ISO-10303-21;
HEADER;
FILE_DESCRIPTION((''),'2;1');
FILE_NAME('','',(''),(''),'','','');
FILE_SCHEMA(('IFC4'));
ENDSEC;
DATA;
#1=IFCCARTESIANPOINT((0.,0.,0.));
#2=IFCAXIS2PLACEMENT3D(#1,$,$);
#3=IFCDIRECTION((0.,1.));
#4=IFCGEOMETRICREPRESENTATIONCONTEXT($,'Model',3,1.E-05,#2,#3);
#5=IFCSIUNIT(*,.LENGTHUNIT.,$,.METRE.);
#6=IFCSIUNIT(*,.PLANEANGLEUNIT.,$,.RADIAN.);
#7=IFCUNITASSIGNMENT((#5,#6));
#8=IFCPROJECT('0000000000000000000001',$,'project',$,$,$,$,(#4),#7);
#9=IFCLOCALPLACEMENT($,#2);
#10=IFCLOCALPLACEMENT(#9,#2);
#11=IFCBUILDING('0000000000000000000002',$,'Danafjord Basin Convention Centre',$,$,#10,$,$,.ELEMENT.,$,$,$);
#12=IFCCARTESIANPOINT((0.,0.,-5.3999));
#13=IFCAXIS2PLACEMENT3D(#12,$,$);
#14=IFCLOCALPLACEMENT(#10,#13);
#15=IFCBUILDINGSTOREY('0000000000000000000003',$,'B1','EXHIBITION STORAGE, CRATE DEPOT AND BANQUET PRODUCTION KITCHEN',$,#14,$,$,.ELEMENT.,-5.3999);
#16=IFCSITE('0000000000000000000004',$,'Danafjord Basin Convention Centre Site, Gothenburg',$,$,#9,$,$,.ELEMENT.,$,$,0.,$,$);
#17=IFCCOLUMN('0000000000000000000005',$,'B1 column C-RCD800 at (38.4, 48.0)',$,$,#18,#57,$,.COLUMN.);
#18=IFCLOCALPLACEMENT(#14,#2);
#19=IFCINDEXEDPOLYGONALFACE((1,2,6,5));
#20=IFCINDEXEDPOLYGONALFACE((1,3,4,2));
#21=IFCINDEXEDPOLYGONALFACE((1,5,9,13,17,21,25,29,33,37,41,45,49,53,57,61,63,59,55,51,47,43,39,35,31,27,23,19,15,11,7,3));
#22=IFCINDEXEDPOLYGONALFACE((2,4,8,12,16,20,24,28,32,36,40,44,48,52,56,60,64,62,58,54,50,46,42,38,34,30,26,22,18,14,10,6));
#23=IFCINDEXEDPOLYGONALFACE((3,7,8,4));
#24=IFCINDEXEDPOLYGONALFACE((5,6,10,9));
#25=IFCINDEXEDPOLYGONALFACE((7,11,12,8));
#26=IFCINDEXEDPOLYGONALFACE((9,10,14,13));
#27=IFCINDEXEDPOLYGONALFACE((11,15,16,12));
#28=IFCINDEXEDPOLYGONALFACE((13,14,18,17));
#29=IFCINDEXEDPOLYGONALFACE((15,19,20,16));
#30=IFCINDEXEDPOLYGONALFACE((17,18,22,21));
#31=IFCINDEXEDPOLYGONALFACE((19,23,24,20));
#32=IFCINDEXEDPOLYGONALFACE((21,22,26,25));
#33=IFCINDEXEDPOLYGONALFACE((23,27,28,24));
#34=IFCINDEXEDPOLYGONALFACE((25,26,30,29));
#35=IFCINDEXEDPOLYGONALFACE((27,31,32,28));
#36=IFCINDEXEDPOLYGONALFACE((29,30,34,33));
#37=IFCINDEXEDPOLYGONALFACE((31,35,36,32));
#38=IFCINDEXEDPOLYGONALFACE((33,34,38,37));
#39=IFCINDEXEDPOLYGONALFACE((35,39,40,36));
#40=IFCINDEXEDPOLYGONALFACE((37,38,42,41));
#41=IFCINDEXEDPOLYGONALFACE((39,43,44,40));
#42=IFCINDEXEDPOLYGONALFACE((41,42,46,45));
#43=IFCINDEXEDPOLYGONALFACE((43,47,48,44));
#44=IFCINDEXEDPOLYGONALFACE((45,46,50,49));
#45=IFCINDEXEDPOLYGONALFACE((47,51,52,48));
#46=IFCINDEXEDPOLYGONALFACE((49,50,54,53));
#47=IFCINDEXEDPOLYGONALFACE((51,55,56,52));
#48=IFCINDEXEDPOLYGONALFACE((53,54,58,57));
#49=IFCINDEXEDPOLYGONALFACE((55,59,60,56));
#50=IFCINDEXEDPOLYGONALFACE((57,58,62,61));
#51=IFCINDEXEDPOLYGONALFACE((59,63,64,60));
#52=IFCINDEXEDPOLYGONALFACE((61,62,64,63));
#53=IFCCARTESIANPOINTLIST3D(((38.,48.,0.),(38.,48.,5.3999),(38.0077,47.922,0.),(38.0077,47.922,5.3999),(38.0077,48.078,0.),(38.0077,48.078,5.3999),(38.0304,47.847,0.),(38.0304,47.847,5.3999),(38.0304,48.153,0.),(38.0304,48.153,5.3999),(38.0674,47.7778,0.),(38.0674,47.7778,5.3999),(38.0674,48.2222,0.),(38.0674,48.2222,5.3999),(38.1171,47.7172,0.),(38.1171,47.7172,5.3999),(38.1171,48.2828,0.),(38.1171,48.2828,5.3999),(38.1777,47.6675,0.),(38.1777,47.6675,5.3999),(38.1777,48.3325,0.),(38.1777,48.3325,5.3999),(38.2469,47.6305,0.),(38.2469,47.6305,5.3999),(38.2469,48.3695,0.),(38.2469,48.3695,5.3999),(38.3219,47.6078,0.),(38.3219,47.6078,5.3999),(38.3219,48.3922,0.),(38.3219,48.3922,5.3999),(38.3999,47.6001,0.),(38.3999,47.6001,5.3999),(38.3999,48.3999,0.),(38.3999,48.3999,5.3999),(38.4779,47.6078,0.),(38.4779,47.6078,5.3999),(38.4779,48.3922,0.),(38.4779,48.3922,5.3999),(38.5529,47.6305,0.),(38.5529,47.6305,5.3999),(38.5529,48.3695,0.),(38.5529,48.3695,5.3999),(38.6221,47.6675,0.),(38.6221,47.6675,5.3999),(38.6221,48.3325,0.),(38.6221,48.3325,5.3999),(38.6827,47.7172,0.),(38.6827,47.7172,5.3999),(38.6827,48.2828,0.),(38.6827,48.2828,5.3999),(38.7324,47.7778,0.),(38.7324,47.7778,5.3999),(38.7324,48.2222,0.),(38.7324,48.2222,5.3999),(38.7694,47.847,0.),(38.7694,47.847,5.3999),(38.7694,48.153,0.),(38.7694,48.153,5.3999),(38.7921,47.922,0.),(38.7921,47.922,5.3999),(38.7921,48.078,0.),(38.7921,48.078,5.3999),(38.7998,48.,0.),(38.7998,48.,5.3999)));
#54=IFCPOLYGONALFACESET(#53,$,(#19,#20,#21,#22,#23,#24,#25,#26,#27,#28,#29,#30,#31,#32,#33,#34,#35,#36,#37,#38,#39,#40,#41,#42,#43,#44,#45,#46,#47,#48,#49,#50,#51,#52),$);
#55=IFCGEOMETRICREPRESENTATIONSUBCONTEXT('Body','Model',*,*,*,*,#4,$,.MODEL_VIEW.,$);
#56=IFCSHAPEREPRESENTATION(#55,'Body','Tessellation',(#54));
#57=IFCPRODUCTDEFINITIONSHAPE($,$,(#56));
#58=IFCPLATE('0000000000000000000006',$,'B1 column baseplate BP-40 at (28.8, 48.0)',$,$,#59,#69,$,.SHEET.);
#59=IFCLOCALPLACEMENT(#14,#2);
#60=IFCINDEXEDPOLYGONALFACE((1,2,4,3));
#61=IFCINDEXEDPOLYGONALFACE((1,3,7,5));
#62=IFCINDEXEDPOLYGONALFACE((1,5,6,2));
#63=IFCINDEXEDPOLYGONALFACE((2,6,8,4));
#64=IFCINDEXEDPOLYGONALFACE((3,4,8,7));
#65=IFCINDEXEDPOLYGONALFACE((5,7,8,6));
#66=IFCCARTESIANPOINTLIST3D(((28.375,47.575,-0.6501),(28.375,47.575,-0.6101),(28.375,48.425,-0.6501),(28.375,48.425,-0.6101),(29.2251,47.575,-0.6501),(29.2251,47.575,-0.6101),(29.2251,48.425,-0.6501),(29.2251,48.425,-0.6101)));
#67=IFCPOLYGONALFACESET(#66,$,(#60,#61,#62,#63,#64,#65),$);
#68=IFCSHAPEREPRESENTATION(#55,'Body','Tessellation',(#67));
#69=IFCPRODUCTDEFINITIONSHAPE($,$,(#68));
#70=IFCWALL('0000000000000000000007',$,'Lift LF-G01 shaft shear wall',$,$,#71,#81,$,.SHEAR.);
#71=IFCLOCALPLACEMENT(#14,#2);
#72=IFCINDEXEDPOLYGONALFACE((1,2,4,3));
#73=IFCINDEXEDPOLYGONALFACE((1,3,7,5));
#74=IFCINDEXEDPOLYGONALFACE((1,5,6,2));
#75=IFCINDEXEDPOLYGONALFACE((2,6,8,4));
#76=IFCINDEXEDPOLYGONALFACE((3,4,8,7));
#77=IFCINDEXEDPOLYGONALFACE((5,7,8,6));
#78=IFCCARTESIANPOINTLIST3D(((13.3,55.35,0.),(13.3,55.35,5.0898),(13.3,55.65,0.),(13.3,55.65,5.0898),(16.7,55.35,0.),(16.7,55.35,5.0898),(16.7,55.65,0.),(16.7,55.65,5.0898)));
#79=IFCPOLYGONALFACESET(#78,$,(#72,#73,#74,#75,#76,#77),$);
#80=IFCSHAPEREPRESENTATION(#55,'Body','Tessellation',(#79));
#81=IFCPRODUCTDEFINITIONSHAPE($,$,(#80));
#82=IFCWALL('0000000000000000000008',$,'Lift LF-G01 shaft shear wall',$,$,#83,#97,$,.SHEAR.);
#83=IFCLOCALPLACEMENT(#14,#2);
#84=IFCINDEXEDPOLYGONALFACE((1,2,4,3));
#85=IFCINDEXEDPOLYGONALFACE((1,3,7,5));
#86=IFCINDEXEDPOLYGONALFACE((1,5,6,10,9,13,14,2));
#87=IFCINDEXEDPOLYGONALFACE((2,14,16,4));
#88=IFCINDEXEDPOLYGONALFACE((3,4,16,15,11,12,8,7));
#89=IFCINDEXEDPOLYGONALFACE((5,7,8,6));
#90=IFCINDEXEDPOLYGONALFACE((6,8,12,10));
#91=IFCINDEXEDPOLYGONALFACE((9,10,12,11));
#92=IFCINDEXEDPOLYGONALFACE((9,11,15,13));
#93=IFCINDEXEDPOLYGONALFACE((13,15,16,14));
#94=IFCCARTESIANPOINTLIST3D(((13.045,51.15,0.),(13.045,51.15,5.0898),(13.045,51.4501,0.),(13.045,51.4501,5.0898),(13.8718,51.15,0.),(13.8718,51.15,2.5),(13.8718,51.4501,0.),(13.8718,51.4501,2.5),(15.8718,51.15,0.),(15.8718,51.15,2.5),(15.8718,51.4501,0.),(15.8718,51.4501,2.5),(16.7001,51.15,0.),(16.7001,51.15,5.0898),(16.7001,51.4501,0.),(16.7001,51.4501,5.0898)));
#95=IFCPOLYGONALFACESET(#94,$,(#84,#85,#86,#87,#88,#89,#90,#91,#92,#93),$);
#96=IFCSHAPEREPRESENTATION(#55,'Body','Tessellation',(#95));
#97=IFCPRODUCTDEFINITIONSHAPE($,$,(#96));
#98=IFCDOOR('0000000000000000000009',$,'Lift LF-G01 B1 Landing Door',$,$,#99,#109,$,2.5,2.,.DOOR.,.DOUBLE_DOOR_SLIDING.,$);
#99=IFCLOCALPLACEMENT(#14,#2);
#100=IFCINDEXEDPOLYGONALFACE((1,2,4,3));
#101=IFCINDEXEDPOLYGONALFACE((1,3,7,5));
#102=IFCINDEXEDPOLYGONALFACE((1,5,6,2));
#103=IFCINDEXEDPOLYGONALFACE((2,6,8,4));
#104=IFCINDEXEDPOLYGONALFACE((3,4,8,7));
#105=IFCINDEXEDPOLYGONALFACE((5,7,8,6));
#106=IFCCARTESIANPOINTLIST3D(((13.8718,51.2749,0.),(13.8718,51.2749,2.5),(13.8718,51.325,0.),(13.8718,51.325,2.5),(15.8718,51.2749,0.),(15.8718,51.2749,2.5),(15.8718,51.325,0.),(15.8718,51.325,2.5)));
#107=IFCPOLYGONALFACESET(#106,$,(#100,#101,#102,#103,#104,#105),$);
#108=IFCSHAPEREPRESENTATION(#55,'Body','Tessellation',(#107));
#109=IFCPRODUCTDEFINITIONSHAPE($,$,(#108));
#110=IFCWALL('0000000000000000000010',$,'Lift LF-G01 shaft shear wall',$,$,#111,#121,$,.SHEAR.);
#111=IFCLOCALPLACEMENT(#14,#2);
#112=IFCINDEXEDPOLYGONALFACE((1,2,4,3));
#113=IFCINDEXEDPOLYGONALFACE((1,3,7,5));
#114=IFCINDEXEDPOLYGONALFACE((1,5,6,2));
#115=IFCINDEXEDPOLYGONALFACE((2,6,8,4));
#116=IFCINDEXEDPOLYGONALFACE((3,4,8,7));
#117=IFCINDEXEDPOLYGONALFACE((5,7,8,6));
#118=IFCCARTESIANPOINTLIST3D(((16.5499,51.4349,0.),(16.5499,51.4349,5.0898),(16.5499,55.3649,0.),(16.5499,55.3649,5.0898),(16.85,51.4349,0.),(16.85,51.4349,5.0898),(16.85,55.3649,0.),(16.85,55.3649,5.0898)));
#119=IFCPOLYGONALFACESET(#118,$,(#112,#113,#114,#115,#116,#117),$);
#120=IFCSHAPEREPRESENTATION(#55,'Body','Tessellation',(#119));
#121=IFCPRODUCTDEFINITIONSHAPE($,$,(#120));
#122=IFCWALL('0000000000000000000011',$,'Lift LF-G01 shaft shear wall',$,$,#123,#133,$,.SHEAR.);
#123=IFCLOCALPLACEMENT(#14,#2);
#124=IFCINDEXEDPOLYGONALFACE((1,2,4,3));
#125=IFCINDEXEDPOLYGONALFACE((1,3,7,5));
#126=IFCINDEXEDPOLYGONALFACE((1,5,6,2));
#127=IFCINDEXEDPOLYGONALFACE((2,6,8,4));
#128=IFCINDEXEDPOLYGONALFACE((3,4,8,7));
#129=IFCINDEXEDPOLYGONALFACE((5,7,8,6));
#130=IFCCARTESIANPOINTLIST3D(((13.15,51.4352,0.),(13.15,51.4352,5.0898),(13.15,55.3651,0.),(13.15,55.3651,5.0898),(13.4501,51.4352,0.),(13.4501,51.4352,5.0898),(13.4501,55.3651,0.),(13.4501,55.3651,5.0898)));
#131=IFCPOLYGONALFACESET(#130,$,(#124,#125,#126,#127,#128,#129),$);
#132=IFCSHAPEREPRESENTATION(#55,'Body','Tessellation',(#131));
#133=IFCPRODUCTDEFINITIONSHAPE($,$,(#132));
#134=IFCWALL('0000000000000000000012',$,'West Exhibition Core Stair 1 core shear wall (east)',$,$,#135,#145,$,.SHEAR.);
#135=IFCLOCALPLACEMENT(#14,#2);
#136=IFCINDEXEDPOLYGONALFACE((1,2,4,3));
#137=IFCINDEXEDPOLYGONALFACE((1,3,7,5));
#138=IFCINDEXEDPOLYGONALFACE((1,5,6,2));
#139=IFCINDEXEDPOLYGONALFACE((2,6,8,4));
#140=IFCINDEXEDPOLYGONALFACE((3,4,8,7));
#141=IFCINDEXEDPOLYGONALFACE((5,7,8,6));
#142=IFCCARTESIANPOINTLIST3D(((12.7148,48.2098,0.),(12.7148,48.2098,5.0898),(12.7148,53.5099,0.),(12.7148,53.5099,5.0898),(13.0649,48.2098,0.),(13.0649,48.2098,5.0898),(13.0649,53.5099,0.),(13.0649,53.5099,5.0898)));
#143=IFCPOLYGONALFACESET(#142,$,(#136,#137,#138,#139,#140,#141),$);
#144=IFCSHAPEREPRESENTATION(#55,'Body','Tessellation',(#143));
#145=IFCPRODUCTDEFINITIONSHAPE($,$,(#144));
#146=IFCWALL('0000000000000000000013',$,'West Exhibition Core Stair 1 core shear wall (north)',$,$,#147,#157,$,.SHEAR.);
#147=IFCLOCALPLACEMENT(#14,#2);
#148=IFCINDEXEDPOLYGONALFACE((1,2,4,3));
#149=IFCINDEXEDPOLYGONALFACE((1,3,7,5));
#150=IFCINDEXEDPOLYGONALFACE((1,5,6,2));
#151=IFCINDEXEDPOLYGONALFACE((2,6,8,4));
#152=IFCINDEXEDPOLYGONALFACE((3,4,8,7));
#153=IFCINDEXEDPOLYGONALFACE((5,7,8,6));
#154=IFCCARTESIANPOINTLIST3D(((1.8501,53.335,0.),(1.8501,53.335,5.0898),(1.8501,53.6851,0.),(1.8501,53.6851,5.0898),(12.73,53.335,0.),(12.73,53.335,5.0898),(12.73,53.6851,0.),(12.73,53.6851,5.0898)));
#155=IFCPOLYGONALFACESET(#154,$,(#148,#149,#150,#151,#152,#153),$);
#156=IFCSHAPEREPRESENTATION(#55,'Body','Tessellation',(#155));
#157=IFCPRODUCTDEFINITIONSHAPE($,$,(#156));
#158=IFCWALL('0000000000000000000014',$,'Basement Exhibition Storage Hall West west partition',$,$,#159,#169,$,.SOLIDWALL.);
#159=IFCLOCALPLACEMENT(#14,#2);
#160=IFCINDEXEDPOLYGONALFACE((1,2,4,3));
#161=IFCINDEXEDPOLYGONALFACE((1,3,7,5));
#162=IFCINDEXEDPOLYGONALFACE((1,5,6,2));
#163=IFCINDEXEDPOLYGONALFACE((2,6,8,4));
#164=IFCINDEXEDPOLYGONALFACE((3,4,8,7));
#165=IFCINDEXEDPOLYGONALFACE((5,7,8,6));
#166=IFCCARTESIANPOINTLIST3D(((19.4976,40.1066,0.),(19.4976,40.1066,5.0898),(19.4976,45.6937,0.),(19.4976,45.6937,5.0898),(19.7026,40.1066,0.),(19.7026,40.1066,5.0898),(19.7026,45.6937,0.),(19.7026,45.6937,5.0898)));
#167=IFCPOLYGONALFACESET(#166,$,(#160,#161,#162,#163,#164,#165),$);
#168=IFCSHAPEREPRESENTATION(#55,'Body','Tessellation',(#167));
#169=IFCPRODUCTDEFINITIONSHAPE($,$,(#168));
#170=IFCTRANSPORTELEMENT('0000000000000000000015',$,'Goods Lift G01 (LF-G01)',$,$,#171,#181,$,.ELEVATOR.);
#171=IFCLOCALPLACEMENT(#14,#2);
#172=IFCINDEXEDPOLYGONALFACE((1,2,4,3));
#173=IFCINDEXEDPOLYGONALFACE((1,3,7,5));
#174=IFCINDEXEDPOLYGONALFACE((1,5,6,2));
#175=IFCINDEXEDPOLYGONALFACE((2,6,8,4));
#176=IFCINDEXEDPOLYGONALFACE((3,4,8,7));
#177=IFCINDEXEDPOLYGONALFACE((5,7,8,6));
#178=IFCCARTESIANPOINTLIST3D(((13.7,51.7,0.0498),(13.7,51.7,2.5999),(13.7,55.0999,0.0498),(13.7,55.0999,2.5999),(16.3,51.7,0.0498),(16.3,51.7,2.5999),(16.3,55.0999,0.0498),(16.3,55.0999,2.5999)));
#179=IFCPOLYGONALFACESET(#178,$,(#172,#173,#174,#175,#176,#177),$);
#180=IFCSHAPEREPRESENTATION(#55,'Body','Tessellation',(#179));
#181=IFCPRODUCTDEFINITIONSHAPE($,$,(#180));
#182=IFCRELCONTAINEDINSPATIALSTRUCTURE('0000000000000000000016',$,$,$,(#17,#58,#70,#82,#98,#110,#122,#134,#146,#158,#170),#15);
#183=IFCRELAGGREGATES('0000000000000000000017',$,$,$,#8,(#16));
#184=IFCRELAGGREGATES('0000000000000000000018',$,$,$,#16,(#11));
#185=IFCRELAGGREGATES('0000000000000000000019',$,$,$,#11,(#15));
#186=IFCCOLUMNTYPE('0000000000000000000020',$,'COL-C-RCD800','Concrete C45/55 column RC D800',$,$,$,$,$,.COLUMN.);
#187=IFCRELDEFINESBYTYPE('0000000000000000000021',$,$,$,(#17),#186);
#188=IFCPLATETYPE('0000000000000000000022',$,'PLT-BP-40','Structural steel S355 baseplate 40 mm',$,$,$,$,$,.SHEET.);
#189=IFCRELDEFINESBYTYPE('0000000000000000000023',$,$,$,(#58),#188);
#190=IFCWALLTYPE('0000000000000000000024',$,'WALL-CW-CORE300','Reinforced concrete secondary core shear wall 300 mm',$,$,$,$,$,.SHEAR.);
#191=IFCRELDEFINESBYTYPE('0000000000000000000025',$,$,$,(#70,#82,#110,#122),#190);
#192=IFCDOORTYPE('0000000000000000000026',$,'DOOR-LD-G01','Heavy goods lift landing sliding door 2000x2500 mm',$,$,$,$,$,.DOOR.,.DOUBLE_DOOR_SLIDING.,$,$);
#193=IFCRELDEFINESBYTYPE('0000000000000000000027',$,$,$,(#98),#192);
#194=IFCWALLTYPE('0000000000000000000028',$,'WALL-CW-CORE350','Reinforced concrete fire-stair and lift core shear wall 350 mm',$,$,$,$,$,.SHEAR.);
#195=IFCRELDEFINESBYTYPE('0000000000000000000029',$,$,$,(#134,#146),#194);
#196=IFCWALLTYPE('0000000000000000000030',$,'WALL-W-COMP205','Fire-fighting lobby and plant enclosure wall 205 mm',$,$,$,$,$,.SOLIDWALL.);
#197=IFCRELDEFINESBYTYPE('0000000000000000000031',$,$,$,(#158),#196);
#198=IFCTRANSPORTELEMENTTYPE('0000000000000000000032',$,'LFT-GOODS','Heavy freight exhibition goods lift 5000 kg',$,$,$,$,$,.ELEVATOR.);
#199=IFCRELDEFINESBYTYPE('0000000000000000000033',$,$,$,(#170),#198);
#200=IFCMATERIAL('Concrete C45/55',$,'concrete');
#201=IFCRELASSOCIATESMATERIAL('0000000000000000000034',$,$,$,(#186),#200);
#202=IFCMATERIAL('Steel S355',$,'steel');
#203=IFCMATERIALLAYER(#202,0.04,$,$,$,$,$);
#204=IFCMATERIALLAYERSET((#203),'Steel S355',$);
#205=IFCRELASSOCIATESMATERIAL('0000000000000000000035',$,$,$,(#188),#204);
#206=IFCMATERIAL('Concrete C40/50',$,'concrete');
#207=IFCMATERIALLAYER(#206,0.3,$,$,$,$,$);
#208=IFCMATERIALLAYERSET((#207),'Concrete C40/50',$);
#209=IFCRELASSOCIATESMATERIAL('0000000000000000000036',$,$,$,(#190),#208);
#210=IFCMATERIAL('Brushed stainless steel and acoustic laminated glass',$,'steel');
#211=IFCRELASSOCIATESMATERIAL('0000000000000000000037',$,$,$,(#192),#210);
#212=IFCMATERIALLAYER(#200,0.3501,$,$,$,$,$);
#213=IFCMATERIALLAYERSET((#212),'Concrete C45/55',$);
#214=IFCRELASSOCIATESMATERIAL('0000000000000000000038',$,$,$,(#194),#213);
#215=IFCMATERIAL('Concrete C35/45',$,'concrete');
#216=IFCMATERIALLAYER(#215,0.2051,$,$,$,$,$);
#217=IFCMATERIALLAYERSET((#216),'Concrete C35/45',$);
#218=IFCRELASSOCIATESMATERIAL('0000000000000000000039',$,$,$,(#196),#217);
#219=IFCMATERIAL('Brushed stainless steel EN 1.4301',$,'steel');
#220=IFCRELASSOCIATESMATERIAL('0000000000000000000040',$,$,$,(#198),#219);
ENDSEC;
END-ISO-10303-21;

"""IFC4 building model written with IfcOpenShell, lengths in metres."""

from ifc_helpers import new_model, si_unit, direction, frame, frame_2d, origin, origin_2d, place, context, subcontext, project, spatial, rectangle, circle, extrude, material, layer, layer_set, material_profile, profile_set, type_object, element, fill, save


model = new_model("IFC4")

# Units and contexts
model_context = context("Model", 3, precision=1e-05, world=origin(), true_north=direction((0.0, 1.0)))
body_context = subcontext(model_context, "Body", "Model", "MODEL_VIEW")
ifc_project = project(units=[si_unit("LENGTHUNIT", "METRE"), si_unit("PLANEANGLEUNIT", "RADIAN")], contexts=[model_context])

# Site, building, storey
site_placement = place(None, origin())
site = spatial("IfcSite", under=ifc_project, at=site_placement, Name="Danafjord Basin Convention Centre Site, Gothenburg", CompositionType="ELEMENT", RefElevation=0.0)
building_placement = place(site_placement, origin())
building = spatial("IfcBuilding", under=site, at=building_placement, Name="Danafjord Basin Convention Centre", CompositionType="ELEMENT")
storey_placement = place(building_placement, frame((0.0, 0.0, -5.3999)))
storey = spatial("IfcBuildingStorey", under=building, at=storey_placement, Name="B1", Description="EXHIBITION STORAGE, CRATE DEPOT AND BANQUET PRODUCTION KITCHEN", CompositionType="ELEMENT", Elevation=-5.3999)

# Shared definitions
ifc_material_1 = material(Name="Concrete C40/50", Category="concrete")
ifc_material_2 = material(Name="Concrete C35/45", Category="concrete")

# Column
ifc_material_3 = material(Name="Concrete C45/55", Category="concrete")
ifc_material_profile_1 = material_profile(ifc_material_3, circle(Radius=0.3999, at=origin_2d()), Name="RC D800")
ifc_profile_set_1 = profile_set([ifc_material_profile_1], Name="Concrete C45/55")
column_type_1 = type_object("IfcColumnType", Name="COL-C-RCD800", Description="Concrete C45/55 column RC D800", PredefinedType="COLUMN", material=ifc_profile_set_1)
column_1_placement = place(storey_placement, frame((38.3999, 48.0, 0.0), z_axis=(0.0, 0.0, 1.0), x_axis=(1.0, 0.0, 0.0)))
element("IfcColumn", 1, at=column_1_placement, inside=storey, type_object=column_type_1, Name="B1 column C-RCD800 at (38.4, 48.0)", PredefinedType="COLUMN", context=body_context, shape_type="SweptSolid", body=[
    extrude(circle(Radius=0.3999, at=origin_2d()), origin(), (0.0, 0.0, 1.0), 5.3999),
])

# Plate
ifc_material_4 = material(Name="Steel S355", Category="steel")
ifc_layer_1 = layer(ifc_material_4, 0.04)
ifc_layer_set_1 = layer_set([ifc_layer_1], Name="Steel S355")
plate_type = type_object("IfcPlateType", Name="PLT-BP-40", Description="Structural steel S355 baseplate 40 mm", PredefinedType="SHEET", material=ifc_layer_set_1)
plate_placement = place(storey_placement, frame((28.8, 48.0, -0.6501), z_axis=(0.0, 0.0, 1.0), x_axis=(1.0, 0.0, 0.0)))
element("IfcPlate", 2, at=plate_placement, inside=storey, type_object=plate_type, Name="B1 column baseplate BP-40 at (28.8, 48.0)", PredefinedType="SHEET", context=body_context, shape_type="SweptSolid", body=[
    extrude(rectangle(XDim=0.8501, YDim=0.8501, at=origin_2d()), origin(), (0.0, 0.0, 1.0), 0.04),
])

# Wall
ifc_layer_2 = layer(ifc_material_1, 0.3)
ifc_layer_set_2 = layer_set([ifc_layer_2], Name="Concrete C40/50")
wall_type_1 = type_object("IfcWallType", Name="WALL-CW-CORE300", Description="Reinforced concrete secondary core shear wall 300 mm", PredefinedType="SHEAR", material=ifc_layer_set_2)
wall_1_placement = place(storey_placement, frame((16.7, 55.5, 0.0), z_axis=(0.0, 0.0, 1.0), x_axis=(-1.0, 0.0, 0.0)))
element("IfcWall", 3, at=wall_1_placement, inside=storey, type_object=wall_type_1, Name="Lift LF-G01 shaft shear wall", PredefinedType="SHEAR", context=body_context, shape_type="SweptSolid", body=[
    extrude(rectangle(XDim=3.3999, YDim=0.3, at=frame_2d((1.7, 0.0))), origin(), (0.0, 0.0, 1.0), 5.0898),
])

# Wall, opening, door
wall_2_placement = place(storey_placement, frame((13.0449, 51.3, 0.0), z_axis=(0.0, 0.0, 1.0), x_axis=(1.0, 0.0, 0.0)))
wall_2 = element("IfcWall", 4, at=wall_2_placement, inside=storey, type_object=wall_type_1, Name="Lift LF-G01 shaft shear wall", PredefinedType="SHEAR", context=body_context, shape_type="SweptSolid", body=[
    extrude(rectangle(XDim=3.655, YDim=0.3, at=frame_2d((1.8276, 0.0))), origin(), (0.0, 0.0, 1.0), 5.0898),
])
opening_placement = place(wall_2_placement, frame((0.8269, 0.0, 0.0)))
opening = element("IfcOpeningElement", 5, at=opening_placement, cuts=wall_2, PredefinedType="OPENING", context=body_context, shape_type="SweptSolid", body=[
    extrude(rectangle(XDim=2.0, YDim=2.5, at=frame_2d((1.0, 1.25))), frame((0.0, 0.1599, 0.0), z_axis=(0.0, -1.0, 0.0), x_axis=(1.0, 0.0, 0.0)), (0.0, 0.0, 1.0), 0.3201),
])
ifc_material_5 = material(Name="Brushed stainless steel and acoustic laminated glass", Category="steel")
door_type = type_object("IfcDoorType", Name="DOOR-LD-G01", Description="Heavy goods lift landing sliding door 2000x2500 mm", OperationType="DOUBLE_DOOR_SLIDING", PredefinedType="DOOR", material=ifc_material_5)
door_placement = place(opening_placement, origin())
door = element("IfcDoor", 6, at=door_placement, inside=storey, type_object=door_type, Name="Lift LF-G01 B1 Landing Door", OperationType="DOUBLE_DOOR_SLIDING", OverallHeight=2.5, OverallWidth=2.0, PredefinedType="DOOR", context=body_context, shape_type="SweptSolid", body=[
    extrude(rectangle(XDim=2.0, YDim=2.5, at=frame_2d((1.0, 1.25))), frame((0.0, 0.0249, 0.0), z_axis=(0.0, -1.0, 0.0), x_axis=(1.0, 0.0, 0.0)), (0.0, 0.0, 1.0), 0.05),
])
fill(opening, door)

# Walls
for number, where, z_axis, x_axis, name in (
    (7, (16.7, 51.4351, 0.0), (0.0, 0.0, 1.0), (0.0, 1.0, 0.0), "Lift LF-G01 shaft shear wall"),
    (8, (13.3, 55.365, 0.0), (0.0, 0.0, 1.0), (0.0, -1.0, 0.0), "Lift LF-G01 shaft shear wall"),
):
    element("IfcWall", number, at=place(storey_placement, frame(where, z_axis=z_axis, x_axis=x_axis)), inside=storey, type_object=wall_type_1, Name=name, PredefinedType="SHEAR", context=body_context, shape_type="SweptSolid", body=[
        extrude(rectangle(XDim=3.9299, YDim=0.3, at=frame_2d((1.9648, 0.0))), origin(), (0.0, 0.0, 1.0), 5.0898),
    ])
ifc_layer_3 = layer(ifc_material_3, 0.3501)
ifc_layer_set_3 = layer_set([ifc_layer_3], Name="Concrete C45/55")
wall_type_2 = type_object("IfcWallType", Name="WALL-CW-CORE350", Description="Reinforced concrete fire-stair and lift core shear wall 350 mm", PredefinedType="SHEAR", material=ifc_layer_set_3)
wall_3_placement = place(storey_placement, frame((12.8899, 48.21, 0.0), z_axis=(0.0, 0.0, 1.0), x_axis=(0.0, 1.0, 0.0)))
element("IfcWall", 9, at=wall_3_placement, inside=storey, type_object=wall_type_2, Name="West Exhibition Core Stair 1 core shear wall (east)", PredefinedType="SHEAR", context=body_context, shape_type="SweptSolid", body=[
    extrude(rectangle(XDim=5.3, YDim=0.3501, at=frame_2d((2.6499, 0.0))), origin(), (0.0, 0.0, 1.0), 5.0898),
])
wall_4_placement = place(storey_placement, frame((12.73, 53.51, 0.0), z_axis=(0.0, 0.0, 1.0), x_axis=(-1.0, 0.0, 0.0)))
element("IfcWall", 10, at=wall_4_placement, inside=storey, type_object=wall_type_2, Name="West Exhibition Core Stair 1 core shear wall (north)", PredefinedType="SHEAR", context=body_context, shape_type="SweptSolid", body=[
    extrude(rectangle(XDim=10.8799, YDim=0.3501, at=frame_2d((5.4399, 0.0))), origin(), (0.0, 0.0, 1.0), 5.0898),
])
ifc_layer_4 = layer(ifc_material_2, 0.2051)
ifc_layer_set_4 = layer_set([ifc_layer_4], Name="Concrete C35/45")
wall_type_3 = type_object("IfcWallType", Name="WALL-W-COMP205", Description="Fire-fighting lobby and plant enclosure wall 205 mm", PredefinedType="SOLIDWALL", material=ifc_layer_set_4)
wall_5_placement = place(storey_placement, frame((19.6001, 45.6936, 0.0), z_axis=(0.0, 0.0, 1.0), x_axis=(0.0, -1.0, 0.0)))
element("IfcWall", 11, at=wall_5_placement, inside=storey, type_object=wall_type_3, Name="Basement Exhibition Storage Hall West west partition", PredefinedType="SOLIDWALL", context=body_context, shape_type="SweptSolid", body=[
    extrude(rectangle(XDim=5.5872, YDim=0.2051, at=frame_2d((2.7935, 0.0))), origin(), (0.0, 0.0, 1.0), 5.0898),
])

# Transport element
ifc_material_6 = material(Name="Brushed stainless steel EN 1.4301", Category="steel")
transport_element_type = type_object("IfcTransportElementType", Name="LFT-GOODS", Description="Heavy freight exhibition goods lift 5000 kg", PredefinedType="ELEVATOR", material=ifc_material_6)
transport_element_placement = place(storey_placement, frame((15.0, 53.3999, 0.0498), z_axis=(0.0, 0.0, 1.0), x_axis=(1.0, 0.0, 0.0)))
element("IfcTransportElement", 12, at=transport_element_placement, inside=storey, type_object=transport_element_type, Name="Goods Lift G01 (LF-G01)", PredefinedType="ELEVATOR", context=body_context, shape_type="SweptSolid", body=[
    extrude(rectangle(XDim=2.6001, YDim=3.3999, at=origin_2d()), origin(), (0.0, 0.0, 1.0), 2.55),
])

save(model, "model.ifc")
